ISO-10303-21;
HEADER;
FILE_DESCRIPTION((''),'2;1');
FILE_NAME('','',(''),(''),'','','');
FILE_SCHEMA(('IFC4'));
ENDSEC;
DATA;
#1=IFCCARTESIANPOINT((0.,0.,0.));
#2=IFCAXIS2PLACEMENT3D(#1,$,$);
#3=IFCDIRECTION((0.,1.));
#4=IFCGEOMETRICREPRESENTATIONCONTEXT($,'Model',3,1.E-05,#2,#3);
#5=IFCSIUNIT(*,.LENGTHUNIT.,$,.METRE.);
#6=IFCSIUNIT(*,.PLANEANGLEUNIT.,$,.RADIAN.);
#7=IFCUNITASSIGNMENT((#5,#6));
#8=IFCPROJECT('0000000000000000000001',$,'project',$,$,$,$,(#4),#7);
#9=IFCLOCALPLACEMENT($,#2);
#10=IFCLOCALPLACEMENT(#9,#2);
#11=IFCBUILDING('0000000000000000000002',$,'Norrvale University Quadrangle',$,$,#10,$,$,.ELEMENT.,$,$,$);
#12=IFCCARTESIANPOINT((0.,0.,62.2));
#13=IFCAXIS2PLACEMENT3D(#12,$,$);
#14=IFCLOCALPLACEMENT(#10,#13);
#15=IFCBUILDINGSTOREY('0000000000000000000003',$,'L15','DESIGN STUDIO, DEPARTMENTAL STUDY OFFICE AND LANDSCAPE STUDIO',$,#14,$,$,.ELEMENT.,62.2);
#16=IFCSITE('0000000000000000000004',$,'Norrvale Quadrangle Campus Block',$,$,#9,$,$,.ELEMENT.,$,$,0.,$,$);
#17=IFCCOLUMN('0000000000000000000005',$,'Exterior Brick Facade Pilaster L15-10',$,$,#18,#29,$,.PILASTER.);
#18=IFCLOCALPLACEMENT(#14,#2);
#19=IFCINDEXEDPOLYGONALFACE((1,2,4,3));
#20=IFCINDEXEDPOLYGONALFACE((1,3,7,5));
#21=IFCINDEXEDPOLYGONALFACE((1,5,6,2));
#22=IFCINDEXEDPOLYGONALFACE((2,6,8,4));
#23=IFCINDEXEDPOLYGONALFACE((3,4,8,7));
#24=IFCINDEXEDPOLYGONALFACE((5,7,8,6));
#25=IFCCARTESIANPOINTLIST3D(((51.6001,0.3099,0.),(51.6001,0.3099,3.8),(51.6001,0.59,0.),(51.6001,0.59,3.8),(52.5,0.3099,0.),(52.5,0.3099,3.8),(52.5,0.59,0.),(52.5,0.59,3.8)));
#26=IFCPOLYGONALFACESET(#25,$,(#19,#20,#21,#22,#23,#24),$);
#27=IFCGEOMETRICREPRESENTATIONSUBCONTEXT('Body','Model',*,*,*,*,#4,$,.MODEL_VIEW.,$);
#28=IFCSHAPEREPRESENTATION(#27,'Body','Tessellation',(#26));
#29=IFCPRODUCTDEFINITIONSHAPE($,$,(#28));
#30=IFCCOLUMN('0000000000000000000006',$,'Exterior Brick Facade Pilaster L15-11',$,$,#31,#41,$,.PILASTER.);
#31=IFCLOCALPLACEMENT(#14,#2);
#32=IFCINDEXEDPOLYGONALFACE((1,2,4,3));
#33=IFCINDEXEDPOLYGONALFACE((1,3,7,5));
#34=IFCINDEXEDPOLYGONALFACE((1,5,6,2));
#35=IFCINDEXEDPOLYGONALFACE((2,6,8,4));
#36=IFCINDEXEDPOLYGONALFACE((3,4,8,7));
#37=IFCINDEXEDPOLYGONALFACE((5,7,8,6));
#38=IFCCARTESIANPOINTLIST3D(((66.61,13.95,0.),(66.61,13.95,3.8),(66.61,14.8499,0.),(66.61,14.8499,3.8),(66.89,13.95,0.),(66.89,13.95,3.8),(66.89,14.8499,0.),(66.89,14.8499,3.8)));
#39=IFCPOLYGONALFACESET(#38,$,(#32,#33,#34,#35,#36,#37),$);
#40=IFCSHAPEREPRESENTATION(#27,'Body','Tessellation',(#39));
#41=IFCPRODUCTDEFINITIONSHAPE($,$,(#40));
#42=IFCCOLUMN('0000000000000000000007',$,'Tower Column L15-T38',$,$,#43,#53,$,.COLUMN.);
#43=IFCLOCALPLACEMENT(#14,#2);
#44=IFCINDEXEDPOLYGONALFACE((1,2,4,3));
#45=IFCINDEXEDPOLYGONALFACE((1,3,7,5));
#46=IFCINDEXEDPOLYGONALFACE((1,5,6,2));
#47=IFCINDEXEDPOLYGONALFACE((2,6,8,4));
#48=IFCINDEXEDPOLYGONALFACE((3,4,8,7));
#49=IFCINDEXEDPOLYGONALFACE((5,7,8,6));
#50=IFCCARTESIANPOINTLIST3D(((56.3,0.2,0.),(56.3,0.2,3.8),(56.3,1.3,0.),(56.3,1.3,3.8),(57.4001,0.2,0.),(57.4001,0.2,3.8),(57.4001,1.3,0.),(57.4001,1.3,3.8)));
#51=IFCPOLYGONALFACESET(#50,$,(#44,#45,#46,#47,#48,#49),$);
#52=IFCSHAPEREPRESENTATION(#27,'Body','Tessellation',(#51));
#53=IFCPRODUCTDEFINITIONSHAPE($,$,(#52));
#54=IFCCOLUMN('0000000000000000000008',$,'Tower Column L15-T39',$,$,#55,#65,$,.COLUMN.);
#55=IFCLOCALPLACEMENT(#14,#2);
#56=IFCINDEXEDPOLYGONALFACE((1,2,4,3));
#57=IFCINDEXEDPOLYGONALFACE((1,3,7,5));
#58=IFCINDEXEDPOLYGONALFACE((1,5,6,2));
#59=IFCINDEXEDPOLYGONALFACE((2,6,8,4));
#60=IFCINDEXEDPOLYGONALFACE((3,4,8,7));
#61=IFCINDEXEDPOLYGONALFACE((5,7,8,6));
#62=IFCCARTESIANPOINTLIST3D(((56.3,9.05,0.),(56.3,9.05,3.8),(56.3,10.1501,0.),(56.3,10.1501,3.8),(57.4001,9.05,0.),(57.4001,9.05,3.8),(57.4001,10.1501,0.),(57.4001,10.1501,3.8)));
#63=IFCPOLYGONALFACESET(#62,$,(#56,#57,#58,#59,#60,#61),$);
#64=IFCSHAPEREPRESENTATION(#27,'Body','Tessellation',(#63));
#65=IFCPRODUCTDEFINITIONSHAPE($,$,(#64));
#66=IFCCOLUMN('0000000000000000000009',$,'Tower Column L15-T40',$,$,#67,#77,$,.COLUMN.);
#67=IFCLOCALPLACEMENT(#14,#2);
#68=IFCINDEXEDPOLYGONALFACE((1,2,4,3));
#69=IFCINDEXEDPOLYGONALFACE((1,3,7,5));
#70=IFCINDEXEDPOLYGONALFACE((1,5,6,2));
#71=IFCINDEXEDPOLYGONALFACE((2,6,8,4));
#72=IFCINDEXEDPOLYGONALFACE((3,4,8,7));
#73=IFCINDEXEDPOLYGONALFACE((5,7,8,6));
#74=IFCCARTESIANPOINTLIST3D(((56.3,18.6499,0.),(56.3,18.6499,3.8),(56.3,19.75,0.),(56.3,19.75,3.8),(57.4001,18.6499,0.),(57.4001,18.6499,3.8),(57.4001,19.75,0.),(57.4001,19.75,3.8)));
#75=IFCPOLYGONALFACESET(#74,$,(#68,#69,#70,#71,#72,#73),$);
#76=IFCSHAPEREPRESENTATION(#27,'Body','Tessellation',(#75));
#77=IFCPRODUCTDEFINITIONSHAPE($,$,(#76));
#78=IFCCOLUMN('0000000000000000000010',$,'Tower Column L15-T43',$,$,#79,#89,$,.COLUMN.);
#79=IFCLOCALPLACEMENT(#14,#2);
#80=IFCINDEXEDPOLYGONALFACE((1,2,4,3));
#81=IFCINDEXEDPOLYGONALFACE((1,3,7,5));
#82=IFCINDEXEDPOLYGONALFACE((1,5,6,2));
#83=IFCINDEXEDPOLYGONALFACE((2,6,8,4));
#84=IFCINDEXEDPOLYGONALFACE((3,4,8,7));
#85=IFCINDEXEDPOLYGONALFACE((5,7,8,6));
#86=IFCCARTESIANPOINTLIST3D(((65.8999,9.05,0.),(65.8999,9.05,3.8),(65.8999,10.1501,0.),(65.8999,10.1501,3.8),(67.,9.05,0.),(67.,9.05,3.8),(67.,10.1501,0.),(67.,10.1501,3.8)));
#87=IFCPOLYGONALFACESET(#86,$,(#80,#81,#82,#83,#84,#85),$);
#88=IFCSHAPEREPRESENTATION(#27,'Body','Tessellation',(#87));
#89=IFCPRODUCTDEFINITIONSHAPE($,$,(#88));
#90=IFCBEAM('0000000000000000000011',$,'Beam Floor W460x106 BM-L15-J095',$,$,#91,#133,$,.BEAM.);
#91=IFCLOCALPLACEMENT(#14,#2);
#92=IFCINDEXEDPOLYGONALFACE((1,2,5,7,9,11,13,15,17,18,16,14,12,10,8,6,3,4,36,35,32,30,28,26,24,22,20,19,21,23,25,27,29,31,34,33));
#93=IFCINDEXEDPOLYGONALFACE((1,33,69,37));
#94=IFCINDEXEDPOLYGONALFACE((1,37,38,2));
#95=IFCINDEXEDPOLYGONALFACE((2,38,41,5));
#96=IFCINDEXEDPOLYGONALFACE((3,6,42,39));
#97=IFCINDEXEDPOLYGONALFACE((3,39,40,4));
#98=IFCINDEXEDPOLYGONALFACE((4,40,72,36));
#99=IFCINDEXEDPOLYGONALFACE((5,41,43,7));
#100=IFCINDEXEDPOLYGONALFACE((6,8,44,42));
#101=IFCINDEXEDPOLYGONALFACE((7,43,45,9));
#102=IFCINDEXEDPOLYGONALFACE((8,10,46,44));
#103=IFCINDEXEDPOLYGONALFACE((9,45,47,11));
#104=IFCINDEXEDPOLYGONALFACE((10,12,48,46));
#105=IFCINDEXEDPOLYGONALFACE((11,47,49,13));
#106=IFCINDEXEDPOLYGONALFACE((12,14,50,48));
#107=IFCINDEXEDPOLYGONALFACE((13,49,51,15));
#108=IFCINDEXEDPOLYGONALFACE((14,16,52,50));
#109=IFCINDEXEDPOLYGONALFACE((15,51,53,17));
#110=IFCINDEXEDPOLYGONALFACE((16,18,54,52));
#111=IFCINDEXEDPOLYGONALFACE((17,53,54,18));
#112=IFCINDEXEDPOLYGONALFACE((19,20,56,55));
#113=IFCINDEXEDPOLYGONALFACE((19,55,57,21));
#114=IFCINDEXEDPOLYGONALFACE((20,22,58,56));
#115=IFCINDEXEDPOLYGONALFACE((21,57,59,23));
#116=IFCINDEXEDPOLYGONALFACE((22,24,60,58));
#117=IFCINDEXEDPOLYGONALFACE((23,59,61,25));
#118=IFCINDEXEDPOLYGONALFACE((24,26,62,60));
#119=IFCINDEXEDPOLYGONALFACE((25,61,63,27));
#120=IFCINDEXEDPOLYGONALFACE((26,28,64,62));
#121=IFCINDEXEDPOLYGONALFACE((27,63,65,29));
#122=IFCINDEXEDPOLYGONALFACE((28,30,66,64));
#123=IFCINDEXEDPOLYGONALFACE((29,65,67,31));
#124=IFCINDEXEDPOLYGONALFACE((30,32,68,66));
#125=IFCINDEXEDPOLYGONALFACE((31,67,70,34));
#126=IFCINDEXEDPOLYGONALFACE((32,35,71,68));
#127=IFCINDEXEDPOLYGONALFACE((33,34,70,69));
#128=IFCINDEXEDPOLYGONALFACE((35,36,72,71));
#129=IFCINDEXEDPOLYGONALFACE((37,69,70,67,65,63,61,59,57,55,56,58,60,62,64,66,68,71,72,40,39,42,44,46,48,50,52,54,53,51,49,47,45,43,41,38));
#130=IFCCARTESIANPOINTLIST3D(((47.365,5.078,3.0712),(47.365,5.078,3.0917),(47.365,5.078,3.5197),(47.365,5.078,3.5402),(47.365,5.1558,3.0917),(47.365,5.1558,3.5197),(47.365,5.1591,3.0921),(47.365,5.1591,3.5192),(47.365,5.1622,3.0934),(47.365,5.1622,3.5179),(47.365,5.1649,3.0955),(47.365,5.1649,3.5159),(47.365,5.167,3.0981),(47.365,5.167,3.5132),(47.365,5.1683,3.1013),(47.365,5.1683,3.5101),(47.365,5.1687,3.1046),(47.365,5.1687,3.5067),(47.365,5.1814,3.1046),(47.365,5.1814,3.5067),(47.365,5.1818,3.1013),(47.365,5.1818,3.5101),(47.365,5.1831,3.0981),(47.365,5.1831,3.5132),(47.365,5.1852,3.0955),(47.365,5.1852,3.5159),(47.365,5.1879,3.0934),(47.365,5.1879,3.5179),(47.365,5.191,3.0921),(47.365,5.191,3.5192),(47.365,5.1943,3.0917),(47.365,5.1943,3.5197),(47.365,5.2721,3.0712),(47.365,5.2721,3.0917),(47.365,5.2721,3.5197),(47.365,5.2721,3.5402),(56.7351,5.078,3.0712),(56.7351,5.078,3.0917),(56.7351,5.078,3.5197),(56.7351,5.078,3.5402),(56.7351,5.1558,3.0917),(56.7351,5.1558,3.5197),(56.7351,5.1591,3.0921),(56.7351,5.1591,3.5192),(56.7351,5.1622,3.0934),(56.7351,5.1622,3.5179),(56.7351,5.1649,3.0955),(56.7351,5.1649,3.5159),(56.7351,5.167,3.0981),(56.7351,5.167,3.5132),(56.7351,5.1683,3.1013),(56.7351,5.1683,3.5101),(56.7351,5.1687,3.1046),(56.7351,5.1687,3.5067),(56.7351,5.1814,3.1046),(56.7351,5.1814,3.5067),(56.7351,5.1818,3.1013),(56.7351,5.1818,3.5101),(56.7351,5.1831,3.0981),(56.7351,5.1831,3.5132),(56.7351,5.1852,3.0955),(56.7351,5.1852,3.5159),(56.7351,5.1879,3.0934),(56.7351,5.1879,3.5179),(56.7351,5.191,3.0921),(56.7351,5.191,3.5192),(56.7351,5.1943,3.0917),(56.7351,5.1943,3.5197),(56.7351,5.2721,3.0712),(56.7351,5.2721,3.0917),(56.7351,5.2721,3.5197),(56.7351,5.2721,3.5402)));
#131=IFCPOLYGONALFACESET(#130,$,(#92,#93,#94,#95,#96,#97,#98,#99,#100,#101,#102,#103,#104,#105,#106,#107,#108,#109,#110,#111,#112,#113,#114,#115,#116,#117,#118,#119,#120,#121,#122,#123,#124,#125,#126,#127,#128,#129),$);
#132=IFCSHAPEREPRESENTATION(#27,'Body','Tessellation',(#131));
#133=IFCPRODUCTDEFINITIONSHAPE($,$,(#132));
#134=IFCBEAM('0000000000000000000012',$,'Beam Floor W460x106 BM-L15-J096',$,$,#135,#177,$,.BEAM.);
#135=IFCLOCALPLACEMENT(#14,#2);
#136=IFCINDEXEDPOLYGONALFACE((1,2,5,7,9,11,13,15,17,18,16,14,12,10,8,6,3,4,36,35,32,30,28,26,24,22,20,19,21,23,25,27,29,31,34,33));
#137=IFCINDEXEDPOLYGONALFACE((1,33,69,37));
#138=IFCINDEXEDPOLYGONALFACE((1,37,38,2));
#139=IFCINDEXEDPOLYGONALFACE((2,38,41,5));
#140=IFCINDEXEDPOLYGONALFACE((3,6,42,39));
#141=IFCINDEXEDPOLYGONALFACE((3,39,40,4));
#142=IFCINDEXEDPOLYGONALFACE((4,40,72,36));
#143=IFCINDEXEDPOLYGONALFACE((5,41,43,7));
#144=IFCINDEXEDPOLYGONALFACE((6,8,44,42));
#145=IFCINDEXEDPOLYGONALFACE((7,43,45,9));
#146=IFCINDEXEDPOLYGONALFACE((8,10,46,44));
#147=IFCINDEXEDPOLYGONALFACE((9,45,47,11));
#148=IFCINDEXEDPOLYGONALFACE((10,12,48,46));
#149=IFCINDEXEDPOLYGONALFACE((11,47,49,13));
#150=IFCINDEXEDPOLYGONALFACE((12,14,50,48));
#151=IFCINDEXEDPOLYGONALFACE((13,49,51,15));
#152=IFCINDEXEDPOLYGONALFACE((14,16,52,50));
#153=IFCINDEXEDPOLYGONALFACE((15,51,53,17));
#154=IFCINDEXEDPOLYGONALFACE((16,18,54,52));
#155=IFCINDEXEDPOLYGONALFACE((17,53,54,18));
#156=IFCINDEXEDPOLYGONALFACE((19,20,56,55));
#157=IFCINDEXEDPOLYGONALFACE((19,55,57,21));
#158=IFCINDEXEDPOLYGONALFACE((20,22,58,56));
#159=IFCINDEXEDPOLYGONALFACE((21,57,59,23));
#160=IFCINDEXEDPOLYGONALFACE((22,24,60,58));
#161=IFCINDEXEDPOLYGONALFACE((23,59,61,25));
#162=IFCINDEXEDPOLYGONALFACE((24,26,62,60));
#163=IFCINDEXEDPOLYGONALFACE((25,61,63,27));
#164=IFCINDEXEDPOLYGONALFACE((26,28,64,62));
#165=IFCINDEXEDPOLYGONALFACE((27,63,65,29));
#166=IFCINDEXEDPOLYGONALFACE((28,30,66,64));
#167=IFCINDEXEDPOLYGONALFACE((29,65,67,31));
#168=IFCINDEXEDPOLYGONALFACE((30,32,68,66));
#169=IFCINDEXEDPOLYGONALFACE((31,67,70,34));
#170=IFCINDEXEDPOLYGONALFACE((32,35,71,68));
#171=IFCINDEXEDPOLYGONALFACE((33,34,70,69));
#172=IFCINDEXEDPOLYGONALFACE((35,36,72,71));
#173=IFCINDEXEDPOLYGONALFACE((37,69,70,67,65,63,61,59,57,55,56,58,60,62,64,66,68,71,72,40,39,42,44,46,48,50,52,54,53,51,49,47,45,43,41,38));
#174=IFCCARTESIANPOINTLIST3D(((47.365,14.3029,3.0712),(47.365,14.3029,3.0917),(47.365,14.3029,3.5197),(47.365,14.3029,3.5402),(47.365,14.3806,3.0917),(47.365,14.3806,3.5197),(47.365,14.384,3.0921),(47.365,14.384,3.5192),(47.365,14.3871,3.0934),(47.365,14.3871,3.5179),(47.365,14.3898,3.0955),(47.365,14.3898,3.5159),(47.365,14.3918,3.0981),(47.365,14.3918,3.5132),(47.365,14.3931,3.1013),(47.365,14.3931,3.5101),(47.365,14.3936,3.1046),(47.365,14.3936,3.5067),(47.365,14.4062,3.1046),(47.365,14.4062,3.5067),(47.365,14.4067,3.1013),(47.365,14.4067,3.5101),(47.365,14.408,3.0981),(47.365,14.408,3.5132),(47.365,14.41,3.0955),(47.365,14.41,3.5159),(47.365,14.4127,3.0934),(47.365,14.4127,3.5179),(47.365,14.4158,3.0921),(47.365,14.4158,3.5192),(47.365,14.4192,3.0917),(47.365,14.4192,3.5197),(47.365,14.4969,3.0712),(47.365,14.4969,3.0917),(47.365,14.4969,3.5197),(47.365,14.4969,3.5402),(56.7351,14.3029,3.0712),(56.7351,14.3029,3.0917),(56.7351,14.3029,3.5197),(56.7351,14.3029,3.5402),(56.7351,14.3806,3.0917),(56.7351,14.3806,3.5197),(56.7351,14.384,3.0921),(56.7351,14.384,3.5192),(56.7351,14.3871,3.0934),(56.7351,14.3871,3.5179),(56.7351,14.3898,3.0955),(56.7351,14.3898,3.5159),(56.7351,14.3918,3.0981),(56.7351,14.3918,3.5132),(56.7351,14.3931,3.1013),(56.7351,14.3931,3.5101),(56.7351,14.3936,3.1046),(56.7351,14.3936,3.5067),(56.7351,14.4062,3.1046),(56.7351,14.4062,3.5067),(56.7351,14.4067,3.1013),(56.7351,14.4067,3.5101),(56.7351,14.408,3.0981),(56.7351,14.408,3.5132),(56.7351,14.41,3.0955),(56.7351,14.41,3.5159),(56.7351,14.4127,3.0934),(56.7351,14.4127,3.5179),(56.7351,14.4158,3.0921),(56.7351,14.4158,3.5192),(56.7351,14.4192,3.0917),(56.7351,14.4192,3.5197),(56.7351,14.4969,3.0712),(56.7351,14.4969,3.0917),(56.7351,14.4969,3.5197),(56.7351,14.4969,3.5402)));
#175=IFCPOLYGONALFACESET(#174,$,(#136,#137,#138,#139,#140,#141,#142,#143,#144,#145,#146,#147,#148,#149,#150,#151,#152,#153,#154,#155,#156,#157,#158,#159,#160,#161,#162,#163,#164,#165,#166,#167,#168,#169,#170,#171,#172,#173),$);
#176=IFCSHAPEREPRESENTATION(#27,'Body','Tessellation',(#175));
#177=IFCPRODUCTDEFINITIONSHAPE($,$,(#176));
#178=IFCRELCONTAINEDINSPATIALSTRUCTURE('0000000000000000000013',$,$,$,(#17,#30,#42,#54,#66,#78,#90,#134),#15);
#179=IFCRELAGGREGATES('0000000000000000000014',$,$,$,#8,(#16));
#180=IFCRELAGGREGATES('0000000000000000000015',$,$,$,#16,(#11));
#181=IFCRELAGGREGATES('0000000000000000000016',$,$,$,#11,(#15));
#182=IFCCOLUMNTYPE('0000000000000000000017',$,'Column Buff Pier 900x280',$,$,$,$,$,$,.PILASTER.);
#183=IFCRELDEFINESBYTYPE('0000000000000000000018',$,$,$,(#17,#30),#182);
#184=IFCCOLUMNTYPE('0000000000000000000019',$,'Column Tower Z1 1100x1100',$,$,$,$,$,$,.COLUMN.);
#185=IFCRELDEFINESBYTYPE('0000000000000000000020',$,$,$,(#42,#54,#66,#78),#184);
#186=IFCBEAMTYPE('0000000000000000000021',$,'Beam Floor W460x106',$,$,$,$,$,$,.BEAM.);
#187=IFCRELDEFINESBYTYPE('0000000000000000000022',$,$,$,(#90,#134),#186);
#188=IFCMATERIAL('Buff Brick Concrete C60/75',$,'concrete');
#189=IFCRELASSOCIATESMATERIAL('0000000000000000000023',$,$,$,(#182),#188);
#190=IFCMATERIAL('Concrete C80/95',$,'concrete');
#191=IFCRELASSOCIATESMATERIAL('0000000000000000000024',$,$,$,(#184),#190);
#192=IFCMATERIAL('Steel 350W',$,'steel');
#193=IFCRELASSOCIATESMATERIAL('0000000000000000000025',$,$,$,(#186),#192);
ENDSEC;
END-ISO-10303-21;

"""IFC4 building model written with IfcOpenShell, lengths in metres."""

from ifc_helpers import new_model, si_unit, direction, frame, origin, origin_2d, place, context, subcontext, project, spatial, rectangle, i_section, extrude, material, material_profile, profile_set, type_object, element, save


model = new_model("IFC4")

# Units and contexts
model_context = context("Model", 3, precision=1e-05, world=origin(), true_north=direction((0.0, 1.0)))
body_context = subcontext(model_context, "Body", "Model", "MODEL_VIEW")
ifc_project = project(units=[si_unit("LENGTHUNIT", "METRE"), si_unit("PLANEANGLEUNIT", "RADIAN")], contexts=[model_context])

# Site, building, storey
site_placement = place(None, origin())
site = spatial("IfcSite", under=ifc_project, at=site_placement, Name="Norrvale Quadrangle Campus Block", CompositionType="ELEMENT", RefElevation=0.0)
building_placement = place(site_placement, origin())
building = spatial("IfcBuilding", under=site, at=building_placement, Name="Norrvale University Quadrangle", CompositionType="ELEMENT")
storey_placement = place(building_placement, frame((0.0, 0.0, 62.2)))
storey = spatial("IfcBuildingStorey", under=building, at=storey_placement, Name="L15", Description="DESIGN STUDIO, DEPARTMENTAL STUDY OFFICE AND LANDSCAPE STUDIO", CompositionType="ELEMENT", Elevation=62.2)

# Columns
ifc_material_1 = material(Name="Buff Brick Concrete C60/75", Category="concrete")
ifc_material_profile_1 = material_profile(ifc_material_1, rectangle(XDim=0.8999, YDim=0.28, at=origin_2d()), Name="Buff Brick Concrete C60/75")
ifc_profile_set_1 = profile_set([ifc_material_profile_1], Name="Buff Brick Concrete C60/75")
column_type_1 = type_object("IfcColumnType", Name="Column Buff Pier 900x280", PredefinedType="PILASTER", material=ifc_profile_set_1)
for number, where, z_axis, x_axis, name in (
    (1, (52.05, 0.45, 0.0), (0.0, 0.0, 1.0), (1.0, 0.0, 0.0), "Exterior Brick Facade Pilaster L15-10"),
    (2, (66.75, 14.3999, 0.0), (0.0, 0.0, 1.0), (0.0, 1.0, 0.0), "Exterior Brick Facade Pilaster L15-11"),
):
    element("IfcColumn", number, at=place(storey_placement, frame(where, z_axis=z_axis, x_axis=x_axis)), inside=storey, type_object=column_type_1, Name=name, PredefinedType="PILASTER", context=body_context, shape_type="SweptSolid", body=[
        extrude(rectangle(XDim=0.8999, YDim=0.28, at=origin_2d()), origin(), (0.0, 0.0, 1.0), 3.8),
    ])
ifc_material_2 = material(Name="Concrete C80/95", Category="concrete")
ifc_material_profile_2 = material_profile(ifc_material_2, rectangle(XDim=1.1001, YDim=1.1001, at=origin_2d()), Name="Concrete C80/95")
ifc_profile_set_2 = profile_set([ifc_material_profile_2], Name="Concrete C80/95")
column_type_2 = type_object("IfcColumnType", Name="Column Tower Z1 1100x1100", PredefinedType="COLUMN", material=ifc_profile_set_2)
for number, where, z_axis, x_axis, name in (
    (3, (56.8501, 0.75, 0.0), (0.0, 0.0, 1.0), (1.0, 0.0, 0.0), "Tower Column L15-T38"),
    (4, (56.8501, 9.6001, 0.0), (0.0, 0.0, 1.0), (1.0, 0.0, 0.0), "Tower Column L15-T39"),
    (5, (56.8501, 19.2, 0.0), (0.0, 0.0, 1.0), (1.0, 0.0, 0.0), "Tower Column L15-T40"),
    (6, (66.45, 9.6001, 0.0), (0.0, 0.0, 1.0), (1.0, 0.0, 0.0), "Tower Column L15-T43"),
):
    element("IfcColumn", number, at=place(storey_placement, frame(where, z_axis=z_axis, x_axis=x_axis)), inside=storey, type_object=column_type_2, Name=name, PredefinedType="COLUMN", context=body_context, shape_type="SweptSolid", body=[
        extrude(rectangle(XDim=1.1001, YDim=1.1001, at=origin_2d()), origin(), (0.0, 0.0, 1.0), 3.8),
    ])

# Beams
ifc_material_3 = material(Name="Steel 350W", Category="steel")
ifc_material_profile_3 = material_profile(ifc_material_3, i_section(OverallWidth=0.1941, OverallDepth=0.469, WebThickness=0.0127, FlangeThickness=0.0205, FilletRadius=0.0129, at=origin_2d()), Name="Steel 350W")
ifc_profile_set_3 = profile_set([ifc_material_profile_3], Name="Steel 350W")
beam_type_1 = type_object("IfcBeamType", Name="Beam Floor W460x106", PredefinedType="BEAM", material=ifc_profile_set_3)
for number, where, z_axis, x_axis, name in (
    (7, (47.365, 5.175, 3.3057), (1.0, 0.0, 0.0), (0.0, 1.0, 0.0), "Beam Floor W460x106 BM-L15-J095"),
    (8, (47.365, 14.3999, 3.3057), (1.0, 0.0, 0.0), (0.0, 1.0, 0.0), "Beam Floor W460x106 BM-L15-J096"),
):
    element("IfcBeam", number, at=place(storey_placement, frame(where, z_axis=z_axis, x_axis=x_axis)), inside=storey, type_object=beam_type_1, Name=name, PredefinedType="BEAM", context=body_context, shape_type="SweptSolid", body=[
        extrude(i_section(OverallWidth=0.1941, OverallDepth=0.469, WebThickness=0.0127, FlangeThickness=0.0205, FilletRadius=0.0129, at=origin_2d()), origin(), (0.0, 0.0, 1.0), 9.3701),
    ])

save(model, "model.ifc")
